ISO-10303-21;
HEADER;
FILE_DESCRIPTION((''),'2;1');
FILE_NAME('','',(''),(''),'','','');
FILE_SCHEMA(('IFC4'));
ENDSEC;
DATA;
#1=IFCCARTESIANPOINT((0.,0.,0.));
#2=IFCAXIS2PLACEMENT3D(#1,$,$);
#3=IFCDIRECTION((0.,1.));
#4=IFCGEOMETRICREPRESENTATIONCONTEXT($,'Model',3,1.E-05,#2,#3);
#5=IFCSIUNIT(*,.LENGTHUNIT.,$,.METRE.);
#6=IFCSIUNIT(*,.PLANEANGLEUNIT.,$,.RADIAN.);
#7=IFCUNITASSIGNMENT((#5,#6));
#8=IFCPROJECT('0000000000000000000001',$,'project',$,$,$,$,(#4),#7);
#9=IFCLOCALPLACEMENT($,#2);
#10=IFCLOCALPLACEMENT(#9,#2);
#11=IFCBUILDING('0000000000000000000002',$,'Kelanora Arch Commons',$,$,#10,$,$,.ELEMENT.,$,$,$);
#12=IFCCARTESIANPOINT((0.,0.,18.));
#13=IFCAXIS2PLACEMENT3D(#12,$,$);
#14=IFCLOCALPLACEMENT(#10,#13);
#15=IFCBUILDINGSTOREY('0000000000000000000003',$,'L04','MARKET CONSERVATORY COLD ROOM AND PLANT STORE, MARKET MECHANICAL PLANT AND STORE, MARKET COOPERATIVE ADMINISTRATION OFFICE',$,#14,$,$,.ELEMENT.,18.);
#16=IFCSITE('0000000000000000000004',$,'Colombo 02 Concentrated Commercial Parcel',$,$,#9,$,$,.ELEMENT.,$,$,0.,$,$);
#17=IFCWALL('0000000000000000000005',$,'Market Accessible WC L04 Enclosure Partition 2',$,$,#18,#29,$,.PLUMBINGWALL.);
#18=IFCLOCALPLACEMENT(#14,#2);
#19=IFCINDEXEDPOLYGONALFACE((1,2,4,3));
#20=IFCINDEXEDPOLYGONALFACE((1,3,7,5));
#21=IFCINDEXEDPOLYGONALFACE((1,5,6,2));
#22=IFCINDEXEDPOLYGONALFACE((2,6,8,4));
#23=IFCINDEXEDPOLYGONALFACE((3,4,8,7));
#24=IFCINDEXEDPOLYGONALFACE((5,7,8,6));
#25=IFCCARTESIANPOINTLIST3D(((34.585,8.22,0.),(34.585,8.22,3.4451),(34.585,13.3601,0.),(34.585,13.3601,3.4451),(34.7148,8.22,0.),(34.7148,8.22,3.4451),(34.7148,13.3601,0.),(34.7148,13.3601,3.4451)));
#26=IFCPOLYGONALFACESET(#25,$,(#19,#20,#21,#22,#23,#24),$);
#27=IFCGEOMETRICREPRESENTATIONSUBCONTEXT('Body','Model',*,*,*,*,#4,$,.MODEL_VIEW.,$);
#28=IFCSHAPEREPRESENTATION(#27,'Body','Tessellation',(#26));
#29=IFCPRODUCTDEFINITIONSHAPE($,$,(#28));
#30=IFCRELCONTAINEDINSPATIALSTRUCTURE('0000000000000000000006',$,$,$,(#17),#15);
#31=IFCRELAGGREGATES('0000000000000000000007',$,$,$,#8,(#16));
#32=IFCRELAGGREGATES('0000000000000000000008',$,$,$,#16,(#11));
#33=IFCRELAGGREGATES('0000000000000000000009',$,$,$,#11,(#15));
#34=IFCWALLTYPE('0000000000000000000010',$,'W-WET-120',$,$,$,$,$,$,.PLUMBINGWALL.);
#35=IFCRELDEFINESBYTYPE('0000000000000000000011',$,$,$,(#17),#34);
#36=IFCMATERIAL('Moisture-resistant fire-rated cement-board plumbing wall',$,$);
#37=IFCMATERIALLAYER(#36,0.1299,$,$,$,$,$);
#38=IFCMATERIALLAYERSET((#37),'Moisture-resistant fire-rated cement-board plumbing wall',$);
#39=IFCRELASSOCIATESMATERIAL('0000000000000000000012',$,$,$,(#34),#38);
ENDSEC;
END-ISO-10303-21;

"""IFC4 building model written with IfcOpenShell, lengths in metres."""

from ifc_helpers import new_model, si_unit, direction, frame, frame_2d, origin, place, context, subcontext, project, spatial, rectangle, extrude, material, layer, layer_set, type_object, element, save


model = new_model("IFC4")

# Units and contexts
model_context = context("Model", 3, precision=1e-05, world=origin(), true_north=direction((0.0, 1.0)))
body_context = subcontext(model_context, "Body", "Model", "MODEL_VIEW")
ifc_project = project(units=[si_unit("LENGTHUNIT", "METRE"), si_unit("PLANEANGLEUNIT", "RADIAN")], contexts=[model_context])

# Site, building, storey
site_placement = place(None, origin())
site = spatial("IfcSite", under=ifc_project, at=site_placement, Name="Colombo 02 Concentrated Commercial Parcel", CompositionType="ELEMENT", RefElevation=0.0)
building_placement = place(site_placement, origin())
building = spatial("IfcBuilding", under=site, at=building_placement, Name="Kelanora Arch Commons", CompositionType="ELEMENT")
storey_placement = place(building_placement, frame((0.0, 0.0, 18.0)))
storey = spatial("IfcBuildingStorey", under=building, at=storey_placement, Name="L04", Description="MARKET CONSERVATORY COLD ROOM AND PLANT STORE, MARKET MECHANICAL PLANT AND STORE, MARKET COOPERATIVE ADMINISTRATION OFFICE", CompositionType="ELEMENT", Elevation=18.0)

# Shared definitions
ifc_material_1 = material(Name="Moisture-resistant fire-rated cement-board plumbing wall")
ifc_layer_1 = layer(ifc_material_1, 0.1299)
ifc_layer_set_1 = layer_set([ifc_layer_1], Name="Moisture-resistant fire-rated cement-board plumbing wall")
wall_type_1 = type_object("IfcWallType", Name="W-WET-120", PredefinedType="PLUMBINGWALL", material=ifc_layer_set_1)

# Wall
wall_1_placement = place(storey_placement, frame((34.6499, 8.22, 0.0), z_axis=(0.0, 0.0, 1.0), x_axis=(0.0, 1.0, 0.0)))
element("IfcWall", 1, at=wall_1_placement, inside=storey, type_object=wall_type_1, Name="Market Accessible WC L04 Enclosure Partition 2", PredefinedType="PLUMBINGWALL", context=body_context, shape_type="SweptSolid", body=[
    extrude(rectangle(XDim=5.1401, YDim=0.1299, at=frame_2d((2.5701, 0.0))), origin(), (0.0, 0.0, 1.0), 3.4451),
])

save(model, "model.ifc")
